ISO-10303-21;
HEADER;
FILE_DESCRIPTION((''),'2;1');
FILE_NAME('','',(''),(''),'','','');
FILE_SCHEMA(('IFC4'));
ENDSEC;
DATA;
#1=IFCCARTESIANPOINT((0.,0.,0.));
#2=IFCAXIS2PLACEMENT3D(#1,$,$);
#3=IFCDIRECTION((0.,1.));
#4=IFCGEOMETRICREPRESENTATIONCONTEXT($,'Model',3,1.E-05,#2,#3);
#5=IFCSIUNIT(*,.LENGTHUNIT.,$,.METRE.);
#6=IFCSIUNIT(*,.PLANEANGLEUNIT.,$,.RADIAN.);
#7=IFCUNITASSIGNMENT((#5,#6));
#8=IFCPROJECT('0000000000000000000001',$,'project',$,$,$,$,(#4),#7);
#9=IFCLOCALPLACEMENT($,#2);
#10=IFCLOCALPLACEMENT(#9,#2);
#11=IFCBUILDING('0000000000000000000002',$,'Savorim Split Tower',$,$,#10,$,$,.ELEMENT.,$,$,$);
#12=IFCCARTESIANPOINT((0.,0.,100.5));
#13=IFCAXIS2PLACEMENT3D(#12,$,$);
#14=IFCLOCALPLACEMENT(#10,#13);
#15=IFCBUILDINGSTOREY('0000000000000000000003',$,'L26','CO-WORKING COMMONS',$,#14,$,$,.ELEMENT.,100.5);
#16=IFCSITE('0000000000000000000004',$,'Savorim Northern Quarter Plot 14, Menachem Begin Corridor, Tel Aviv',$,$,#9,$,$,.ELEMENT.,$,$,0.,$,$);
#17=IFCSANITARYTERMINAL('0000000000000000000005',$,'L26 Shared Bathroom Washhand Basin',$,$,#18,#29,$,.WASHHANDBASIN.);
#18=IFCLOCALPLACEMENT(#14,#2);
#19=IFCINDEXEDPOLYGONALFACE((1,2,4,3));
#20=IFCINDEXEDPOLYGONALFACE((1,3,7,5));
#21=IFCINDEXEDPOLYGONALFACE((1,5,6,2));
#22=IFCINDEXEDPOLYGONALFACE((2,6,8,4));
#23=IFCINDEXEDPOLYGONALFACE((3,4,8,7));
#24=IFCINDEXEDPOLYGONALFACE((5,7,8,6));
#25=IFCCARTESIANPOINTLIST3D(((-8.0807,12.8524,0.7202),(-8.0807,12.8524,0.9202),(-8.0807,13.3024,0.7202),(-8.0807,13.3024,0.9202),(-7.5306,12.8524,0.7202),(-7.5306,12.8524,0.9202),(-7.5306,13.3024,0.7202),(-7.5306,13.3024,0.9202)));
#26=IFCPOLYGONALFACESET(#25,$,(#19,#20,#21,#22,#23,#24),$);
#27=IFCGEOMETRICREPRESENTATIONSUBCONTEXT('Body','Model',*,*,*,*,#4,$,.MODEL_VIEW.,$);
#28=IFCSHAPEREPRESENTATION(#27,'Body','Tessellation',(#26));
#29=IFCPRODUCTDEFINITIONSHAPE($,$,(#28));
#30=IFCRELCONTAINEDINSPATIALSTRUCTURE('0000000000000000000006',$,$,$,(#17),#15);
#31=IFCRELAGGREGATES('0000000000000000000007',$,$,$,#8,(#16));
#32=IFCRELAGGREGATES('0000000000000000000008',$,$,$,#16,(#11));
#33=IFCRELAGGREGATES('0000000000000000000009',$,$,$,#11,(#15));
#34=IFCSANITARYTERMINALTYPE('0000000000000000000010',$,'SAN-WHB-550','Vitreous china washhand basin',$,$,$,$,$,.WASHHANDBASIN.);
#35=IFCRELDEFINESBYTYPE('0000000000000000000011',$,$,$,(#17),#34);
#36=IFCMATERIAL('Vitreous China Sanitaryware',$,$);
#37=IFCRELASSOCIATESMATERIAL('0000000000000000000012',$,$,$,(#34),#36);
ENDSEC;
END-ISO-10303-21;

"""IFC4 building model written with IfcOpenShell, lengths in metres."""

from ifc_helpers import new_model, si_unit, direction, frame, origin, origin_2d, place, context, subcontext, project, spatial, rectangle, extrude, material, type_object, element, save


model = new_model("IFC4")

# Units and contexts
model_context = context("Model", 3, precision=1e-05, world=origin(), true_north=direction((0.0, 1.0)))
body_context = subcontext(model_context, "Body", "Model", "MODEL_VIEW")
ifc_project = project(units=[si_unit("LENGTHUNIT", "METRE"), si_unit("PLANEANGLEUNIT", "RADIAN")], contexts=[model_context])

# Site, building, storey
site_placement = place(None, origin())
site = spatial("IfcSite", under=ifc_project, at=site_placement, Name="Savorim Northern Quarter Plot 14, Menachem Begin Corridor, Tel Aviv", CompositionType="ELEMENT", RefElevation=0.0)
building_placement = place(site_placement, origin())
building = spatial("IfcBuilding", under=site, at=building_placement, Name="Savorim Split Tower", CompositionType="ELEMENT")
storey_placement = place(building_placement, frame((0.0, 0.0, 100.5)))
storey = spatial("IfcBuildingStorey", under=building, at=storey_placement, Name="L26", Description="CO-WORKING COMMONS", CompositionType="ELEMENT", Elevation=100.5)

# Sanitary terminal
ifc_material_1 = material(Name="Vitreous China Sanitaryware")
sanitary_terminal_type_1 = type_object("IfcSanitaryTerminalType", Name="SAN-WHB-550", Description="Vitreous china washhand basin", PredefinedType="WASHHANDBASIN", material=ifc_material_1)
sanitary_terminal_1_placement = place(storey_placement, frame((-7.8057, 13.0774, 0.7202), z_axis=(0.0, 0.0, 1.0), x_axis=(1.0, 0.0, 0.0)))
element("IfcSanitaryTerminal", 1, at=sanitary_terminal_1_placement, inside=storey, type_object=sanitary_terminal_type_1, Name="L26 Shared Bathroom Washhand Basin", PredefinedType="WASHHANDBASIN", context=body_context, shape_type="SweptSolid", body=[
    extrude(rectangle(XDim=0.55, YDim=0.45, at=origin_2d()), origin(), (0.0, 0.0, 1.0), 0.2),
])

save(model, "model.ifc")
